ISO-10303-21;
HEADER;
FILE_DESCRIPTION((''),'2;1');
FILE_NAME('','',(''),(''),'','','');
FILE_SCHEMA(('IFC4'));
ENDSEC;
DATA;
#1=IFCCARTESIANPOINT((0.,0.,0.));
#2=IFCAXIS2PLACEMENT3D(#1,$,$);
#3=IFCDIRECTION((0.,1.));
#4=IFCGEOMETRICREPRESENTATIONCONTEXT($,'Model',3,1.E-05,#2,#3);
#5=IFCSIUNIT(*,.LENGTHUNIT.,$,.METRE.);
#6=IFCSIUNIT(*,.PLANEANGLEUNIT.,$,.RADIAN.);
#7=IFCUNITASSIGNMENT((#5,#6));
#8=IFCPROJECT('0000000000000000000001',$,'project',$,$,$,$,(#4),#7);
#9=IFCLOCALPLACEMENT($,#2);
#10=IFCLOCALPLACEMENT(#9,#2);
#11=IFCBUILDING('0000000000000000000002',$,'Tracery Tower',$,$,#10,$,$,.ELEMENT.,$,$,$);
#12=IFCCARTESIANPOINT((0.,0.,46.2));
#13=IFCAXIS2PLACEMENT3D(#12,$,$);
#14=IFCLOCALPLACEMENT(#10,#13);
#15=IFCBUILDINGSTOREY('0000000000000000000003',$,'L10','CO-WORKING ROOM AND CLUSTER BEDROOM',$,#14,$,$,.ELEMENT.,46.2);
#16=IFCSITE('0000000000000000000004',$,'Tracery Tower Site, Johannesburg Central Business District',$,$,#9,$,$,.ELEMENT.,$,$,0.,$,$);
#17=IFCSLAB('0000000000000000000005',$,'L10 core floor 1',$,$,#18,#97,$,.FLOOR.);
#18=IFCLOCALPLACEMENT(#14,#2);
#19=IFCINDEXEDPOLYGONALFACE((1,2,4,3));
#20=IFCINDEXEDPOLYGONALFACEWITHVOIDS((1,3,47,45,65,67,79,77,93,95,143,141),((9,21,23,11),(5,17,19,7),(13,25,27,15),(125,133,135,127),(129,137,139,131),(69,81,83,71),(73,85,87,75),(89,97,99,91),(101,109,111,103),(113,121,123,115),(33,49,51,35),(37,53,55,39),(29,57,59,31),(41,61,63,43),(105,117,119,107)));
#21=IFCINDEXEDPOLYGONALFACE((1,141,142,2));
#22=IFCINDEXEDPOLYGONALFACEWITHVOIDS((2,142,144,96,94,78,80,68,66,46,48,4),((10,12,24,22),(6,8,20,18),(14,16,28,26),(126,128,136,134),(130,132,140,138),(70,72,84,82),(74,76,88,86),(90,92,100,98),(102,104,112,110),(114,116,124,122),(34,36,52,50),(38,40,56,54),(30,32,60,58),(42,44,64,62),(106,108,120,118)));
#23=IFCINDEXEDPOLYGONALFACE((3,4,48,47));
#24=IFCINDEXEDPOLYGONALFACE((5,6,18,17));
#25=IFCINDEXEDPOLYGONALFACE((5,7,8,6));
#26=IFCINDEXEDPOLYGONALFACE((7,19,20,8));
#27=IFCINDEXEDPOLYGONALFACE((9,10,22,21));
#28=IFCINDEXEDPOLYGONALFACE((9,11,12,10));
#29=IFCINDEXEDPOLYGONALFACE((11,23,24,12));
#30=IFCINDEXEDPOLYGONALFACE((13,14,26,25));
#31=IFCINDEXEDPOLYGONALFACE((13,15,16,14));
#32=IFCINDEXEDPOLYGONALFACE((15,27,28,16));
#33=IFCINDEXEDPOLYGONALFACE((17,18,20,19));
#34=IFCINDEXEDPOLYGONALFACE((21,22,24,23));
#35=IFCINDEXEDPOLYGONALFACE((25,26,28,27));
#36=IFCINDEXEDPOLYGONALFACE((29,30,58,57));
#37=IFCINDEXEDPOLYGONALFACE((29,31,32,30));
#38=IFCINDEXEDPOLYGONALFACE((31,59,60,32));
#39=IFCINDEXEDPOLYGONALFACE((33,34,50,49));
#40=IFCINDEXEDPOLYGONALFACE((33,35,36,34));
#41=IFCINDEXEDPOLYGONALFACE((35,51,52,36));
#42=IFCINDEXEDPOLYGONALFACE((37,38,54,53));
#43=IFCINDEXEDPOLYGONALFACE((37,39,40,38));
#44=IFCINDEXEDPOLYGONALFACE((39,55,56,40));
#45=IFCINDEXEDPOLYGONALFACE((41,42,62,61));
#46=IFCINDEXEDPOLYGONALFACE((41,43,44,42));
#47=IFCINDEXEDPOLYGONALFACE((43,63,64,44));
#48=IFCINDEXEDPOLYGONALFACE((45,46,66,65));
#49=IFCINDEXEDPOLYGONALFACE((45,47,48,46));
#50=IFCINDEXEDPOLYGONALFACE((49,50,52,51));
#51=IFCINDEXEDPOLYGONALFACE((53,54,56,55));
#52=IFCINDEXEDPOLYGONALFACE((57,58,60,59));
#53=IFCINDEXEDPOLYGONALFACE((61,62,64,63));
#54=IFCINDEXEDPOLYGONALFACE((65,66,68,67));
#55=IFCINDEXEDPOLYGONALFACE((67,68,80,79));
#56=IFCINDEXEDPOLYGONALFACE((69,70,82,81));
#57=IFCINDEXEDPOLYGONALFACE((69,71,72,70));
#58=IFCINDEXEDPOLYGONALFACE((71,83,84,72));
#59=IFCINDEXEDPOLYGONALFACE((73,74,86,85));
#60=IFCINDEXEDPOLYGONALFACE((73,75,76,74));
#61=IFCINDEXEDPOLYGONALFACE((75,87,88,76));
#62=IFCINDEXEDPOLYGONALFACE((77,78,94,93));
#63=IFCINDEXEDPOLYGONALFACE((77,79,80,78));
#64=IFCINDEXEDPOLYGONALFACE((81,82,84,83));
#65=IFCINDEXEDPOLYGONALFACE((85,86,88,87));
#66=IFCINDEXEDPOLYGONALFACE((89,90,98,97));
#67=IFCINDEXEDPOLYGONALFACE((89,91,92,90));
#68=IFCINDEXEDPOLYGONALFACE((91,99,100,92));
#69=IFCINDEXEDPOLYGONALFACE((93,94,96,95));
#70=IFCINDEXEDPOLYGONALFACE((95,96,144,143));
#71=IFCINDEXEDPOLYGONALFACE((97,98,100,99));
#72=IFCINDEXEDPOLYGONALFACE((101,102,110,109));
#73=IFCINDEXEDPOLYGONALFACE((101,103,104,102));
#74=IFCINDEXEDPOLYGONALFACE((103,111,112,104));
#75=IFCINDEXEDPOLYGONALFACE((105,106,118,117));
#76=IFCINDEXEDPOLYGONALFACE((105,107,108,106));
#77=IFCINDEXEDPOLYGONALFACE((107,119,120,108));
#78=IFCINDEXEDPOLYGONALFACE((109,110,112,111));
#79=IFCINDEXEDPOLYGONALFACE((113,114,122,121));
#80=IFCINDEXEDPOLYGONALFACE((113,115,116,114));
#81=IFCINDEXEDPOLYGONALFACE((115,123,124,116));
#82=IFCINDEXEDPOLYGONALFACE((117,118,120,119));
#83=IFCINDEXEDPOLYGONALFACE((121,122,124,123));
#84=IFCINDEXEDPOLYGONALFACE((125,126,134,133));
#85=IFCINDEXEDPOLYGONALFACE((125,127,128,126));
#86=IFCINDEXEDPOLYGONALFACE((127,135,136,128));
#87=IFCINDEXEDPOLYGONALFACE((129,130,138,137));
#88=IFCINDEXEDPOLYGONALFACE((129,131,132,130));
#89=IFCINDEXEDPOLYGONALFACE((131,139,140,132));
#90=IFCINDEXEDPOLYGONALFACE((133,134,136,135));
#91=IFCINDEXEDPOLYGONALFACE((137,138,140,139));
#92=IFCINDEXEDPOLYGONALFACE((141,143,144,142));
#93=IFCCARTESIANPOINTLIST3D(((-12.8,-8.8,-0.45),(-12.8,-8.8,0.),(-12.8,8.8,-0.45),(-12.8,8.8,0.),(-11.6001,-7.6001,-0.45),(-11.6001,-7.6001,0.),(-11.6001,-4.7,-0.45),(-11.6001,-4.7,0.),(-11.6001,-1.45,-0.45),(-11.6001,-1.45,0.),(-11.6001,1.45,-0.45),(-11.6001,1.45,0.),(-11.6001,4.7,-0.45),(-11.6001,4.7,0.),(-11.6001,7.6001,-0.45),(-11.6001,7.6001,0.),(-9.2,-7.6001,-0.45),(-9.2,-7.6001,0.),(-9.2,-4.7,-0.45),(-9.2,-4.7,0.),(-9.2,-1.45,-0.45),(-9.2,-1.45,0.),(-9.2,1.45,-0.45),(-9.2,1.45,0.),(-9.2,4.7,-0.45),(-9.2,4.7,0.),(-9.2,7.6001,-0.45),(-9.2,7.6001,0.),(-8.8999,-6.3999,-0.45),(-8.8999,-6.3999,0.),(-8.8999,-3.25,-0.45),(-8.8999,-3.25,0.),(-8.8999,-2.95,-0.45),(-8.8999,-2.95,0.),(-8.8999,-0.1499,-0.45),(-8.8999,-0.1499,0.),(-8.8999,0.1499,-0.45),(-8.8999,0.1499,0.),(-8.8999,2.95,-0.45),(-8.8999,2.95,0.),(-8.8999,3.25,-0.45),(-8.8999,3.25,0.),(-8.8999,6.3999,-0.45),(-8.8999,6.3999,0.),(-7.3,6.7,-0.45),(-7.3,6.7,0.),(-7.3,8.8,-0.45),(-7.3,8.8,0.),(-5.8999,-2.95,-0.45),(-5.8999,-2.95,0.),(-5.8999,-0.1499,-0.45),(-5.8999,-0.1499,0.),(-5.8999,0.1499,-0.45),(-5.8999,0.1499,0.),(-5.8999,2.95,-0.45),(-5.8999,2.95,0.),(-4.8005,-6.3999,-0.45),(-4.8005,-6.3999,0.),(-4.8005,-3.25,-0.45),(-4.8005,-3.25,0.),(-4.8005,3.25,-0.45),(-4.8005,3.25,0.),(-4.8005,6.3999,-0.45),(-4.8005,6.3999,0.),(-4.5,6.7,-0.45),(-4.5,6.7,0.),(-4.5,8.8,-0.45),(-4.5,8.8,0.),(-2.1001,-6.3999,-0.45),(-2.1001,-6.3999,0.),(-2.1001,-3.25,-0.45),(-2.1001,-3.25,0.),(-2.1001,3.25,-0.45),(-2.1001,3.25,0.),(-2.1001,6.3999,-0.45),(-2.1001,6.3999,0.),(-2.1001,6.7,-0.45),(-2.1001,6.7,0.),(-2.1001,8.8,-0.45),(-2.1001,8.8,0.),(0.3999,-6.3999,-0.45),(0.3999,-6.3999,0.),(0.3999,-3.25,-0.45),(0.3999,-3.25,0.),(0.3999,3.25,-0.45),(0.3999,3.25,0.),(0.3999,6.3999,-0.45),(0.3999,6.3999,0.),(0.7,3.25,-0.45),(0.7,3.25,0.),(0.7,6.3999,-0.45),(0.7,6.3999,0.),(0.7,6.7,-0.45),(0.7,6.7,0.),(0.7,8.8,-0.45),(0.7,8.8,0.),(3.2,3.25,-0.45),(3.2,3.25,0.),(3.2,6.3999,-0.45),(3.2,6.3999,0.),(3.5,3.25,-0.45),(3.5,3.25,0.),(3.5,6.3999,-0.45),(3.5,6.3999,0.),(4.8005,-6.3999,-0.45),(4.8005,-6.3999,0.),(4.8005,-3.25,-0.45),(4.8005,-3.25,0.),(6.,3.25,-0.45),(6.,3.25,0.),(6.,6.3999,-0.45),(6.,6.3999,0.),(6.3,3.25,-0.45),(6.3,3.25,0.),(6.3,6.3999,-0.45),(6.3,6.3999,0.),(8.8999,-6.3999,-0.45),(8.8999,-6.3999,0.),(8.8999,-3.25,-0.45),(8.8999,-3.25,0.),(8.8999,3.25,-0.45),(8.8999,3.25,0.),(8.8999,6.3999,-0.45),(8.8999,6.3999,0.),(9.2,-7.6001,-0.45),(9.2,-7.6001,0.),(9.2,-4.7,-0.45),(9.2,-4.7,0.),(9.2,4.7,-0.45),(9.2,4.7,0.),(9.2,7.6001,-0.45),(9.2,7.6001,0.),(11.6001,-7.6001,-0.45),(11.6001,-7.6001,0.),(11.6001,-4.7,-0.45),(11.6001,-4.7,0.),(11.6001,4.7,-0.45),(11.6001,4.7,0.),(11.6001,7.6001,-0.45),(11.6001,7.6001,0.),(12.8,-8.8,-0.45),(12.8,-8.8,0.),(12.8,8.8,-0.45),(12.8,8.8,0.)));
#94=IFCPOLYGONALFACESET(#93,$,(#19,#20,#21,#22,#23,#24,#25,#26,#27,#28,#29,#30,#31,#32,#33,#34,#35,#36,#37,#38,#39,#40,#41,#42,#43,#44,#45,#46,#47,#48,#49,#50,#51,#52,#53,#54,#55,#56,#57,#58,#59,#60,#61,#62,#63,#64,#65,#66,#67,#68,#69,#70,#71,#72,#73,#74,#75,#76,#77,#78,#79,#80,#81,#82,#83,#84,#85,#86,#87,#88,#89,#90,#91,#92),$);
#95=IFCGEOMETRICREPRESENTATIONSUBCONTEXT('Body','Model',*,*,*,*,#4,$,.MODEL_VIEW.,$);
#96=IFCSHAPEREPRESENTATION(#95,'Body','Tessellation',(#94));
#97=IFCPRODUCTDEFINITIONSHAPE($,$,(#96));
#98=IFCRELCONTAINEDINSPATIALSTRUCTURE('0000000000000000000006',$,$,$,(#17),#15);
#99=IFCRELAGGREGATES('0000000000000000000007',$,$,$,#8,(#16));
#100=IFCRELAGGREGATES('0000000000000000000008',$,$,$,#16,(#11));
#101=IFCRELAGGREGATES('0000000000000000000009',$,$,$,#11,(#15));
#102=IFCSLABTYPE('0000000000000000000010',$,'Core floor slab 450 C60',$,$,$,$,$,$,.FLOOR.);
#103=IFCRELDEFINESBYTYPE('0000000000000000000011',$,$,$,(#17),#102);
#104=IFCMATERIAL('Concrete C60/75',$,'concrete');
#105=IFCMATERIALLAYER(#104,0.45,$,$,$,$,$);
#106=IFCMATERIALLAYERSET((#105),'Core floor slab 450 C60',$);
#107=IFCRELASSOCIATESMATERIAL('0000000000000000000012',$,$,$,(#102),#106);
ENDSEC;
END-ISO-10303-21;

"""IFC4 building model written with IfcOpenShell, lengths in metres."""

from ifc_helpers import new_model, si_unit, direction, frame, origin, place, context, subcontext, project, spatial, polyline, outline, extrude, material, layer, layer_set, type_object, element, save


model = new_model("IFC4")

# Units and contexts
model_context = context("Model", 3, precision=1e-05, world=origin(), true_north=direction((0.0, 1.0)))
body_context = subcontext(model_context, "Body", "Model", "MODEL_VIEW")
ifc_project = project(units=[si_unit("LENGTHUNIT", "METRE"), si_unit("PLANEANGLEUNIT", "RADIAN")], contexts=[model_context])

# Site, building, storey
site_placement = place(None, origin())
site = spatial("IfcSite", under=ifc_project, at=site_placement, Name="Tracery Tower Site, Johannesburg Central Business District", CompositionType="ELEMENT", RefElevation=0.0)
building_placement = place(site_placement, origin())
building = spatial("IfcBuilding", under=site, at=building_placement, Name="Tracery Tower", CompositionType="ELEMENT")
storey_placement = place(building_placement, frame((0.0, 0.0, 46.2)))
storey = spatial("IfcBuildingStorey", under=building, at=storey_placement, Name="L10", Description="CO-WORKING ROOM AND CLUSTER BEDROOM", CompositionType="ELEMENT", Elevation=46.2)

# Slab
ifc_material_1 = material(Name="Concrete C60/75", Category="concrete")
ifc_layer_1 = layer(ifc_material_1, 0.45)
ifc_layer_set_1 = layer_set([ifc_layer_1], Name="Core floor slab 450 C60")
slab_type_1 = type_object("IfcSlabType", Name="Core floor slab 450 C60", PredefinedType="FLOOR", material=ifc_layer_set_1)
slab_1_placement = place(storey_placement, frame((0.0, 0.0, -0.45)))
element("IfcSlab", 1, at=slab_1_placement, inside=storey, type_object=slab_type_1, Name="L10 core floor 1", PredefinedType="FLOOR", context=body_context, shape_type="SweptSolid", body=[
    extrude(outline(polyline([(-12.8, 8.8), (-7.3, 8.8), (-7.3, 6.7), (-4.5, 6.7), (-4.5, 8.8), (-2.1001, 8.8), (-2.1001, 6.7), (0.7, 6.7), (0.7, 8.8), (12.8, 8.8), (12.8, -8.8), (-12.8, -8.8), (-12.8, 8.8)]), holes=[polyline([(11.6001, -7.6001), (11.6001, -4.7), (9.2, -4.7), (9.2, -7.6001), (11.6001, -7.6001)]), polyline([(11.6001, 4.7), (11.6001, 7.6001), (9.2, 7.6001), (9.2, 4.7), (11.6001, 4.7)]), polyline([(4.8005, -3.25), (4.8005, -6.3999), (8.8999, -6.3999), (8.8999, -3.25), (4.8005, -3.25)]), polyline([(6.3, 3.25), (8.8999, 3.25), (8.8999, 6.3999), (6.3, 6.3999), (6.3, 3.25)]), polyline([(3.5, 3.25), (6.0, 3.25), (6.0, 6.3999), (3.5, 6.3999), (3.5, 3.25)]), polyline([(3.2, 3.25), (3.2, 6.3999), (0.7, 6.3999), (0.7, 3.25), (3.2, 3.25)]), polyline([(-2.1001, 3.25), (0.3999, 3.25), (0.3999, 6.3999), (-2.1001, 6.3999), (-2.1001, 3.25)]), polyline([(0.3999, -6.3999), (0.3999, -3.25), (-2.1001, -3.25), (-2.1001, -6.3999), (0.3999, -6.3999)]), polyline([(-4.8005, -3.25), (-8.8999, -3.25), (-8.8999, -6.3999), (-4.8005, -6.3999), (-4.8005, -3.25)]), polyline([(-4.8005, 6.3999), (-8.8999, 6.3999), (-8.8999, 3.25), (-4.8005, 3.25), (-4.8005, 6.3999)]), polyline([(-8.8999, -2.95), (-5.8999, -2.95), (-5.8999, -0.1499), (-8.8999, -0.1499), (-8.8999, -2.95)]), polyline([(-5.8999, 0.1499), (-5.8999, 2.95), (-8.8999, 2.95), (-8.8999, 0.1499), (-5.8999, 0.1499)]), polyline([(-11.6001, 4.7), (-9.2, 4.7), (-9.2, 7.6001), (-11.6001, 7.6001), (-11.6001, 4.7)]), polyline([(-9.2, -7.6001), (-9.2, -4.7), (-11.6001, -4.7), (-11.6001, -7.6001), (-9.2, -7.6001)]), polyline([(-9.2, -1.45), (-9.2, 1.45), (-11.6001, 1.45), (-11.6001, -1.45), (-9.2, -1.45)])]), origin(), (0.0, 0.0, 1.0), 0.45),
])

save(model, "model.ifc")
